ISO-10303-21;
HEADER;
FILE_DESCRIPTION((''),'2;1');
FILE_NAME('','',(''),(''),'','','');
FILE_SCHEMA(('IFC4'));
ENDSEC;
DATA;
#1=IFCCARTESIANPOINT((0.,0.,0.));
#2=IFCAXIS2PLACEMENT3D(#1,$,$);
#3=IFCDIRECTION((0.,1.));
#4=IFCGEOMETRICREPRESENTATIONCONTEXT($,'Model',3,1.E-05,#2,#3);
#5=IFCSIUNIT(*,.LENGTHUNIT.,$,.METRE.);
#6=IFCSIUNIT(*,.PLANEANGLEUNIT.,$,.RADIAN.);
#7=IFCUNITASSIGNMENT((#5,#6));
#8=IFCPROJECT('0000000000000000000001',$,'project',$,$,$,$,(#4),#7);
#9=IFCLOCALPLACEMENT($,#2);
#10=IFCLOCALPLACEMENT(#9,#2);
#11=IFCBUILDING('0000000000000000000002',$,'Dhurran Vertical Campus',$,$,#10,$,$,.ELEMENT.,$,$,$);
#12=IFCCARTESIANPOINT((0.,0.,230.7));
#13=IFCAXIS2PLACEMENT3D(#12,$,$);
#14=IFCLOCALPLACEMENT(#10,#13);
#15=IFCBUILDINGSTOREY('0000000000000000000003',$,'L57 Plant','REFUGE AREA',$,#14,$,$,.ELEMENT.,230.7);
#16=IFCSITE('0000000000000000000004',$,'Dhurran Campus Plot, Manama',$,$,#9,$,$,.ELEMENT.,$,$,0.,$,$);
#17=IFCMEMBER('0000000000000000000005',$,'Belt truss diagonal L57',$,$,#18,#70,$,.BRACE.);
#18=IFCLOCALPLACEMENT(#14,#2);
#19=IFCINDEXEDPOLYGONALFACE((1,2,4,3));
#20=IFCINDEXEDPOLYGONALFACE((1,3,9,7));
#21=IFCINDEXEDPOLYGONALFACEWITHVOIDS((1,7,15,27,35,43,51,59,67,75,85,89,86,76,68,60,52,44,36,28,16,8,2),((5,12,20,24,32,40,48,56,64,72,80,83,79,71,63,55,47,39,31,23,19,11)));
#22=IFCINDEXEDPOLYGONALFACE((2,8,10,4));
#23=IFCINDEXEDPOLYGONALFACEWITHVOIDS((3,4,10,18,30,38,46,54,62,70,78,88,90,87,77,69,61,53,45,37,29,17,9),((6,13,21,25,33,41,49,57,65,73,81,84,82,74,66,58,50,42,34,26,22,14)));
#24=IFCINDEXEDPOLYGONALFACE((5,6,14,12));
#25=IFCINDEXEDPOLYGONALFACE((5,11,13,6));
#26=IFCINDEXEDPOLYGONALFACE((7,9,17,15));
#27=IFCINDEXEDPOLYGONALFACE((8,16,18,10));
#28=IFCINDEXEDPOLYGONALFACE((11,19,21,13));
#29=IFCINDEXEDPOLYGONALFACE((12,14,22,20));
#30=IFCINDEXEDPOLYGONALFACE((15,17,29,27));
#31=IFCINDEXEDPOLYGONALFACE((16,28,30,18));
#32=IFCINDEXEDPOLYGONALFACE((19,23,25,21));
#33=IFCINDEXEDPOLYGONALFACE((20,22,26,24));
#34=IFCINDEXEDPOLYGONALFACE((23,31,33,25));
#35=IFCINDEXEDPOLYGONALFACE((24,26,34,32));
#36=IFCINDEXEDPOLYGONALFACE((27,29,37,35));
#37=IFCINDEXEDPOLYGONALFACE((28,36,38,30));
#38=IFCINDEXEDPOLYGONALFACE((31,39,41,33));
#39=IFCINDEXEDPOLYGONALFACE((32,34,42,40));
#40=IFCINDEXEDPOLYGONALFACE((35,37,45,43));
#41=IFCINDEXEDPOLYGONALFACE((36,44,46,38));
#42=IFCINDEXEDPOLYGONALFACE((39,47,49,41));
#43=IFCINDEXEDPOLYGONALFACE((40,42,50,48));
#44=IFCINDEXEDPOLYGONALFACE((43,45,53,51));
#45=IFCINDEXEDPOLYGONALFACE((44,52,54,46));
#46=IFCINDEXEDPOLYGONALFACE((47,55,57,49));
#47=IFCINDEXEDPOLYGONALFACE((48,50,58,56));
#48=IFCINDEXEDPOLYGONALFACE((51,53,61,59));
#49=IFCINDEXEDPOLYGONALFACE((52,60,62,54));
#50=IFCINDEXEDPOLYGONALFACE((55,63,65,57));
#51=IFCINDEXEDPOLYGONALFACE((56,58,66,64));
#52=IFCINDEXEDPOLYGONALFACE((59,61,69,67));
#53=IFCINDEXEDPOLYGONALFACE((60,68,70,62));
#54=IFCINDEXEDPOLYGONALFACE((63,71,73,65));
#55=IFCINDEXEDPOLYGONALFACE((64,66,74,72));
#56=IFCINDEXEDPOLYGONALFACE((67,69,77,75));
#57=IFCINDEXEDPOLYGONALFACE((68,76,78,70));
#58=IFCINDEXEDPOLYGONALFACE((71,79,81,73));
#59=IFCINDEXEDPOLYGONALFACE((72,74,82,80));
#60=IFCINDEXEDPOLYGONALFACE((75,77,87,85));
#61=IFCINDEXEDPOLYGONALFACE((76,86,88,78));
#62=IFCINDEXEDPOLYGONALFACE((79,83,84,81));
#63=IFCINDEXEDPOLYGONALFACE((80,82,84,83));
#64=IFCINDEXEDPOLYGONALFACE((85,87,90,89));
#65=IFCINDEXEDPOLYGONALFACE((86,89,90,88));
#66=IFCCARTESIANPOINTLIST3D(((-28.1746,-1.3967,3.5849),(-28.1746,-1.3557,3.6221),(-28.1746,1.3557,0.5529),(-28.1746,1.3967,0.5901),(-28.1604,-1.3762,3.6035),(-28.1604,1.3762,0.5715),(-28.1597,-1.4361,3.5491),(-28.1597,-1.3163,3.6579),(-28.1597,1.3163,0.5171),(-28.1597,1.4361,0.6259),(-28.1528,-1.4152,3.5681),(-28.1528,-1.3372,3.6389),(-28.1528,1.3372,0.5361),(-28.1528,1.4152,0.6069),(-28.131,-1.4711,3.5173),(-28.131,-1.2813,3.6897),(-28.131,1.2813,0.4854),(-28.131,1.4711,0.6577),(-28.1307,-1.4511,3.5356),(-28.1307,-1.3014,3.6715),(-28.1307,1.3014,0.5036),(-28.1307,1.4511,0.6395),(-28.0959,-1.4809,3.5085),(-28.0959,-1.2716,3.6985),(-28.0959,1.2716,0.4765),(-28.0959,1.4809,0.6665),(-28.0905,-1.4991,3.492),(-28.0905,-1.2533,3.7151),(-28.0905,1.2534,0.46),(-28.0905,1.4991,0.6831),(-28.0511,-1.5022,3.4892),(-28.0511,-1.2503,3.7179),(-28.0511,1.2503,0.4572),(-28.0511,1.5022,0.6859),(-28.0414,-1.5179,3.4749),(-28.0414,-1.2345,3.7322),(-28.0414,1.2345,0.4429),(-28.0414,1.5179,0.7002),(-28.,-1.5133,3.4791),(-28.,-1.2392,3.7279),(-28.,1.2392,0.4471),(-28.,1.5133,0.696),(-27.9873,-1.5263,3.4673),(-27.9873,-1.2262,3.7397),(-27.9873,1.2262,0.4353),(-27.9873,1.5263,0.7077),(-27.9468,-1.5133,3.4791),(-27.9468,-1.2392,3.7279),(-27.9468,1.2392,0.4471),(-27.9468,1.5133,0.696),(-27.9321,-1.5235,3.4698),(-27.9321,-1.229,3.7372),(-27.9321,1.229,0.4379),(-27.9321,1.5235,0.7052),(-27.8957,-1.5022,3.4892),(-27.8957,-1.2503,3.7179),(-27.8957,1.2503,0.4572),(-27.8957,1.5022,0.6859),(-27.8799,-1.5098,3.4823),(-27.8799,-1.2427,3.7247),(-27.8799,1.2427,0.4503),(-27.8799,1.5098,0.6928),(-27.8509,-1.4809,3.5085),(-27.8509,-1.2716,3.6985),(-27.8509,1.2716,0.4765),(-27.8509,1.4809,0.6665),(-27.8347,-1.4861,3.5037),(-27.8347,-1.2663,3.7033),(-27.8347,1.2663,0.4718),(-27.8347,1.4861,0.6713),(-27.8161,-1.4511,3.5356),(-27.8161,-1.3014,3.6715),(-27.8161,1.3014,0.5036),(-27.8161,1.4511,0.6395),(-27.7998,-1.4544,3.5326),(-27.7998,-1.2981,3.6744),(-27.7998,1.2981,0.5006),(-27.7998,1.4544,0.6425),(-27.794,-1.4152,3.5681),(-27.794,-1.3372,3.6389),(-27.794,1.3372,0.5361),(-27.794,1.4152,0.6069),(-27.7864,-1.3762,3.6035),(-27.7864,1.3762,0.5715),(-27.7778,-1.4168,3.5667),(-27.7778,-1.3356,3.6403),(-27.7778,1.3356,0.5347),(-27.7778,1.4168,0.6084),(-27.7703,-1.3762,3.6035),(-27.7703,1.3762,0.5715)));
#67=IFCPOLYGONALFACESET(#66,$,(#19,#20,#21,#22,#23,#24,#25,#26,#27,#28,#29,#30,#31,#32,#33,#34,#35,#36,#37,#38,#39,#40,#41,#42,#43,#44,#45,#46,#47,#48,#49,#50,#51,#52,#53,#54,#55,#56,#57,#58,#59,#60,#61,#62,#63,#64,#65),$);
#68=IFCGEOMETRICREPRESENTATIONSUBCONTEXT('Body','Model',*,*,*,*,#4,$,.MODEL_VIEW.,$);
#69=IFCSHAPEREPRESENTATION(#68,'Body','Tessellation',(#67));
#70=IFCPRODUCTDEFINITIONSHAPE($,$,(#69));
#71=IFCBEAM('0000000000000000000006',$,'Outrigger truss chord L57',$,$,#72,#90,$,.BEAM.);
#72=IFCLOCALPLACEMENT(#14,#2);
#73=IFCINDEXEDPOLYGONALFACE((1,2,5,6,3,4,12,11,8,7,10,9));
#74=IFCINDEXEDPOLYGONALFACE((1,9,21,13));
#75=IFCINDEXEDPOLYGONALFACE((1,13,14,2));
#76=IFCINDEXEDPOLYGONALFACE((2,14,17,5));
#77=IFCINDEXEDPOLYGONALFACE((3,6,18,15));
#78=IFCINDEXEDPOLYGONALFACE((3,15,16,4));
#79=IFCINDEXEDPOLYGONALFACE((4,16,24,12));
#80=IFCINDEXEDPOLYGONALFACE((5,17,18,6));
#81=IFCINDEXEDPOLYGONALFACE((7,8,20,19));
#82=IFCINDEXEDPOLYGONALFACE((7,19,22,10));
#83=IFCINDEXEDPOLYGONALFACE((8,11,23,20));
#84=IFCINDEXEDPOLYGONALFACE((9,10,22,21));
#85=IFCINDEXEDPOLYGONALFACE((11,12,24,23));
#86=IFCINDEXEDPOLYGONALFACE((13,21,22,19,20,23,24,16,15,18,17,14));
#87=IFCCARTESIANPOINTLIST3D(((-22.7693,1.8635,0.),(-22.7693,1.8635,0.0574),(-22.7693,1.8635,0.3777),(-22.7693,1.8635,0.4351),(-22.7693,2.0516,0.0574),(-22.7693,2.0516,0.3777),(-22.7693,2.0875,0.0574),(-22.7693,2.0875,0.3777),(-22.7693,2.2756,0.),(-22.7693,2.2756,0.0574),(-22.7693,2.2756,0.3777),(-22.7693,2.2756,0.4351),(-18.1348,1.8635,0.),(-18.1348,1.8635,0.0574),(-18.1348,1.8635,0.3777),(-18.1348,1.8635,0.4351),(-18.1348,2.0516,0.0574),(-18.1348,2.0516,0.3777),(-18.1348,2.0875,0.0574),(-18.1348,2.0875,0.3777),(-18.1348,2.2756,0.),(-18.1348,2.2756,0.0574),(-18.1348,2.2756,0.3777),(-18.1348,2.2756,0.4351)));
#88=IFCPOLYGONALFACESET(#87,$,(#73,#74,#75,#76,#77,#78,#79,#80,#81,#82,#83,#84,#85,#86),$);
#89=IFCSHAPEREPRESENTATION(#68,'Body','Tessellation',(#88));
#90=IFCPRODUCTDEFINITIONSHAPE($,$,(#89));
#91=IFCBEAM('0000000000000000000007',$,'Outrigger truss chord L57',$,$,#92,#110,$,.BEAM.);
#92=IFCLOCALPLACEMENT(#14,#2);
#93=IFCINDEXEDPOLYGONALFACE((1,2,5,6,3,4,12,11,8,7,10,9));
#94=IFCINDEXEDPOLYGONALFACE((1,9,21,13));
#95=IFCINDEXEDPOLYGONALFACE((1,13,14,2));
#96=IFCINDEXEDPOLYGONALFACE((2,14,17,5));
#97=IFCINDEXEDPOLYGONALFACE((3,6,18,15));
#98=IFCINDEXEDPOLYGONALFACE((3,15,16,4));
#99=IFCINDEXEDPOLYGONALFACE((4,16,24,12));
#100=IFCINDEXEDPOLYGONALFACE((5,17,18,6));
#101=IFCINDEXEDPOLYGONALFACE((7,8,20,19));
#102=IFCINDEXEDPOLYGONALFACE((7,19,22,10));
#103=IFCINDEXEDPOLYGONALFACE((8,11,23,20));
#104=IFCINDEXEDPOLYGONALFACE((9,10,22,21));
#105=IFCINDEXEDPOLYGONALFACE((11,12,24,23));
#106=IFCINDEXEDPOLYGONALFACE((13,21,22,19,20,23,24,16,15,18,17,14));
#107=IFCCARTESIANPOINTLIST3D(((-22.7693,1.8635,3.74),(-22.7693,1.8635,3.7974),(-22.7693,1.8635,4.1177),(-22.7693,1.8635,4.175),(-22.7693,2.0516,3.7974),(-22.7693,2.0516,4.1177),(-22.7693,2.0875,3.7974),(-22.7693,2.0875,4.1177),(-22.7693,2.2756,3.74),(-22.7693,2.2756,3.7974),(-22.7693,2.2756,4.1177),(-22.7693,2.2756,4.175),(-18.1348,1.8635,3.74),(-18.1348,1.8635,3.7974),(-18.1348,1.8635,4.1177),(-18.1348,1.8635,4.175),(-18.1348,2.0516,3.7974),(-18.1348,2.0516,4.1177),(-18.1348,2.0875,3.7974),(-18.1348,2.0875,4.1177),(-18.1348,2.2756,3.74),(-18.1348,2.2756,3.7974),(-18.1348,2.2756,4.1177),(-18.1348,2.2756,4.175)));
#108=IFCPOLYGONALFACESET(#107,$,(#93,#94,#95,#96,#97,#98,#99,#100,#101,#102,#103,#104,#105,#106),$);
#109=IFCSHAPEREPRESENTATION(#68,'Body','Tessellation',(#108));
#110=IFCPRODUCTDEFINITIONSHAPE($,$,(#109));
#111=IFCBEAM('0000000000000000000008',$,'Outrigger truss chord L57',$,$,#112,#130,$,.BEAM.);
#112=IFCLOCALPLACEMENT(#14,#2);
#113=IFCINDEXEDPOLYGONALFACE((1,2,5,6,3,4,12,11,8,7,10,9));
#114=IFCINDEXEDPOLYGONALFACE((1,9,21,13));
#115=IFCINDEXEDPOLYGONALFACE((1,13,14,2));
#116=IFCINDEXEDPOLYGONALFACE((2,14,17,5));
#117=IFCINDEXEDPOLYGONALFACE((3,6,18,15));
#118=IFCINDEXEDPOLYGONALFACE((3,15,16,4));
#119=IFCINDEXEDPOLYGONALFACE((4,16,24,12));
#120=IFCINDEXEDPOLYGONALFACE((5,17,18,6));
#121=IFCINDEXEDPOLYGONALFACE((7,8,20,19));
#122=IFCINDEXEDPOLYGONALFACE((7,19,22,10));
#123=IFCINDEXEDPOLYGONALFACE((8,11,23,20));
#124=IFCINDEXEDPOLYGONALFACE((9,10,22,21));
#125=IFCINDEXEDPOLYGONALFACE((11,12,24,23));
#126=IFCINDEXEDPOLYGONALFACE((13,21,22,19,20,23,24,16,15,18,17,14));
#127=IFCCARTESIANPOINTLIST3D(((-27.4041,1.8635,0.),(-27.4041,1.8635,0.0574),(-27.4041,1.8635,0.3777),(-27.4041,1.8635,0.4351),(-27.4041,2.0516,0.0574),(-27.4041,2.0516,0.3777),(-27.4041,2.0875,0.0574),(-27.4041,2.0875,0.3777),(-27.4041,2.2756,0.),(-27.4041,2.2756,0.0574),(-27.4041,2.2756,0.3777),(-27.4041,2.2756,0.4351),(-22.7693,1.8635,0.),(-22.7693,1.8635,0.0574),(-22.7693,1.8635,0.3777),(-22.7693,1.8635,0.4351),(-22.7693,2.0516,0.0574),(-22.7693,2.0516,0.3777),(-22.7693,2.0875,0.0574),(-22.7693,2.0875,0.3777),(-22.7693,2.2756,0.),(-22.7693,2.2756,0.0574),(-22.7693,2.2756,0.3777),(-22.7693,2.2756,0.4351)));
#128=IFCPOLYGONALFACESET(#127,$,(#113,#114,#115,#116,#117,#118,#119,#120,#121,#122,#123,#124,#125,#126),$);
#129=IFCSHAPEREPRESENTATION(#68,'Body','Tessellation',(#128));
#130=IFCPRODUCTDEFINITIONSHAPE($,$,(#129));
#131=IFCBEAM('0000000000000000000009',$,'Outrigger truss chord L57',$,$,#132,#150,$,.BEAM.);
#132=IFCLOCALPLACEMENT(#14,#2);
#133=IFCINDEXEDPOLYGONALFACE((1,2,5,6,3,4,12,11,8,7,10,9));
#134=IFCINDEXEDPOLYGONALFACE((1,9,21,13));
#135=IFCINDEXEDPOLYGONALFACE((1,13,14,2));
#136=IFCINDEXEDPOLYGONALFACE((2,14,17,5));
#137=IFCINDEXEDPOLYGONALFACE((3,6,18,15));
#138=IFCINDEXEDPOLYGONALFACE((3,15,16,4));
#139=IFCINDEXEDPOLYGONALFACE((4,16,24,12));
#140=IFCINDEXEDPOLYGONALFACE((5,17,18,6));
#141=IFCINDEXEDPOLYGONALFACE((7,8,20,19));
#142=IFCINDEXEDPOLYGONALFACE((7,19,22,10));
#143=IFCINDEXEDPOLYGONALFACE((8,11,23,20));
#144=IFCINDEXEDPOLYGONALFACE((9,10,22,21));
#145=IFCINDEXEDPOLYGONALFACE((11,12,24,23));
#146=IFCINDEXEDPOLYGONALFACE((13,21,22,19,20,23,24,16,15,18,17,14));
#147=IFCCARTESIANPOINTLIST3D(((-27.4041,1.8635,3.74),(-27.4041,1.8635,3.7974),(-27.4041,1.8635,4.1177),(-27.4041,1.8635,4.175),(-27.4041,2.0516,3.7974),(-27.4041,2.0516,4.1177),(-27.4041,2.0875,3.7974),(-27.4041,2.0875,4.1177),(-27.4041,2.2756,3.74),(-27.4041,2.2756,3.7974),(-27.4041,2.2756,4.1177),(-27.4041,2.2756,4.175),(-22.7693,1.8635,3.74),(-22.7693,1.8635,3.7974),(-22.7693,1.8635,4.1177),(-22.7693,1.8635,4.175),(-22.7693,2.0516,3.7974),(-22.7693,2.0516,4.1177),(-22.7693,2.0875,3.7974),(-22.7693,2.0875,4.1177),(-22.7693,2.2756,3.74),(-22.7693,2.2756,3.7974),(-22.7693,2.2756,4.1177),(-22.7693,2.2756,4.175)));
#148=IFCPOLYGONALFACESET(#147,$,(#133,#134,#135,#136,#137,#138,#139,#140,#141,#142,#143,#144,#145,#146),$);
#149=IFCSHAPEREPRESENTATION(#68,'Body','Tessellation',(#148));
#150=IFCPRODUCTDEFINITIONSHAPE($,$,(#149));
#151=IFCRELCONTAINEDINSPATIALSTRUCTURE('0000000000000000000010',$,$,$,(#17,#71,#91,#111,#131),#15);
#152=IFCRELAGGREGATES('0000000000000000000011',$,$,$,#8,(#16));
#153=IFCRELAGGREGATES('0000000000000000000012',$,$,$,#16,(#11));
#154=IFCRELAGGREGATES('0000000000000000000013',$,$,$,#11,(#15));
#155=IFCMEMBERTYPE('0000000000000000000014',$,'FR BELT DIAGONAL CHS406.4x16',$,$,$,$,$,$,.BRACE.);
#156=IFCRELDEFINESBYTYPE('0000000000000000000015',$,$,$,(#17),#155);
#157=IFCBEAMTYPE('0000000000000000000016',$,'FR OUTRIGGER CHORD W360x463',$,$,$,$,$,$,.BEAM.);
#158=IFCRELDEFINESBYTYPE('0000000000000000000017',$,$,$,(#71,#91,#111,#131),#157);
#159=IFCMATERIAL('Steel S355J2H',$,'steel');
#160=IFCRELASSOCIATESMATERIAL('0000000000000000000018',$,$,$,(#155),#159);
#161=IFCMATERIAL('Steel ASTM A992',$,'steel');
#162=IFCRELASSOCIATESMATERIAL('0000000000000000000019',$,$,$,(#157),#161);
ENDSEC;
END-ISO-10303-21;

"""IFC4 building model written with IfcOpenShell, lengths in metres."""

from ifc_helpers import new_model, si_unit, direction, frame, origin, origin_2d, place, context, subcontext, project, spatial, hollow_circle, i_section, extrude, material, material_profile, profile_set, type_object, element, save


model = new_model("IFC4")

# Units and contexts
model_context = context("Model", 3, precision=1e-05, world=origin(), true_north=direction((0.0, 1.0)))
body_context = subcontext(model_context, "Body", "Model", "MODEL_VIEW")
ifc_project = project(units=[si_unit("LENGTHUNIT", "METRE"), si_unit("PLANEANGLEUNIT", "RADIAN")], contexts=[model_context])

# Site, building, storey
site_placement = place(None, origin())
site = spatial("IfcSite", under=ifc_project, at=site_placement, Name="Dhurran Campus Plot, Manama", CompositionType="ELEMENT", RefElevation=0.0)
building_placement = place(site_placement, origin())
building = spatial("IfcBuilding", under=site, at=building_placement, Name="Dhurran Vertical Campus", CompositionType="ELEMENT")
storey_placement = place(building_placement, frame((0.0, 0.0, 230.7)))
storey = spatial("IfcBuildingStorey", under=building, at=storey_placement, Name="L57 Plant", Description="REFUGE AREA", CompositionType="ELEMENT", Elevation=230.7)

# Member
ifc_material_1 = material(Name="Steel S355J2H", Category="steel")
ifc_material_profile_1 = material_profile(ifc_material_1, hollow_circle(Radius=0.2031, WallThickness=0.0161, at=origin_2d()), Name="CHS406.4x16")
ifc_profile_set_1 = profile_set([ifc_material_profile_1], Name="Steel S355J2H")
member_type_1 = type_object("IfcMemberType", Name="FR BELT DIAGONAL CHS406.4x16", PredefinedType="BRACE", material=ifc_profile_set_1)
member_1_placement = place(storey_placement, frame((-27.9734, 1.3762, 0.5715), z_axis=(0.0, -0.67215, 0.740415), x_axis=(1.0, 0.0, 0.0)))
element("IfcMember", 1, at=member_1_placement, inside=storey, type_object=member_type_1, Name="Belt truss diagonal L57", PredefinedType="BRACE", context=body_context, shape_type="SweptSolid", body=[
    extrude(hollow_circle(Radius=0.2031, WallThickness=0.0161, at=origin_2d()), origin(), (0.0, 0.0, 1.0), 4.095),
])

# Beams
ifc_material_2 = material(Name="Steel ASTM A992", Category="steel")
ifc_material_profile_2 = material_profile(ifc_material_2, i_section(OverallWidth=0.4121, OverallDepth=0.4351, WebThickness=0.0359, FlangeThickness=0.0574, at=origin_2d()), Name="W360x463")
ifc_profile_set_2 = profile_set([ifc_material_profile_2], Name="Steel ASTM A992")
beam_type_1 = type_object("IfcBeamType", Name="FR OUTRIGGER CHORD W360x463", PredefinedType="BEAM", material=ifc_profile_set_2)
for number, where, z_axis, x_axis, name in (
    (2, (-18.1348, 2.0696, 0.2175), (-1.0, 0.0, 0.0), (0.0, -1.0, 0.0), "Outrigger truss chord L57"),
    (3, (-18.1348, 2.0696, 3.9575), (-1.0, 0.0, 0.0), (0.0, -1.0, 0.0), "Outrigger truss chord L57"),
):
    element("IfcBeam", number, at=place(storey_placement, frame(where, z_axis=z_axis, x_axis=x_axis)), inside=storey, type_object=beam_type_1, Name=name, PredefinedType="BEAM", context=body_context, shape_type="SweptSolid", body=[
        extrude(i_section(OverallWidth=0.4121, OverallDepth=0.4351, WebThickness=0.0359, FlangeThickness=0.0574, at=origin_2d()), origin(), (0.0, 0.0, 1.0), 4.6345),
    ])
for number, where, z_axis, x_axis, name in (
    (4, (-22.7693, 2.0696, 0.2175), (-1.0, 0.0, 0.0), (0.0, -1.0, 0.0), "Outrigger truss chord L57"),
    (5, (-22.7693, 2.0696, 3.9575), (-1.0, 0.0, 0.0), (0.0, -1.0, 0.0), "Outrigger truss chord L57"),
):
    element("IfcBeam", number, at=place(storey_placement, frame(where, z_axis=z_axis, x_axis=x_axis)), inside=storey, type_object=beam_type_1, Name=name, PredefinedType="BEAM", context=body_context, shape_type="SweptSolid", body=[
        extrude(i_section(OverallWidth=0.4121, OverallDepth=0.4351, WebThickness=0.0359, FlangeThickness=0.0574, at=origin_2d()), origin(), (0.0, 0.0, 1.0), 4.6348),
    ])

save(model, "model.ifc")
